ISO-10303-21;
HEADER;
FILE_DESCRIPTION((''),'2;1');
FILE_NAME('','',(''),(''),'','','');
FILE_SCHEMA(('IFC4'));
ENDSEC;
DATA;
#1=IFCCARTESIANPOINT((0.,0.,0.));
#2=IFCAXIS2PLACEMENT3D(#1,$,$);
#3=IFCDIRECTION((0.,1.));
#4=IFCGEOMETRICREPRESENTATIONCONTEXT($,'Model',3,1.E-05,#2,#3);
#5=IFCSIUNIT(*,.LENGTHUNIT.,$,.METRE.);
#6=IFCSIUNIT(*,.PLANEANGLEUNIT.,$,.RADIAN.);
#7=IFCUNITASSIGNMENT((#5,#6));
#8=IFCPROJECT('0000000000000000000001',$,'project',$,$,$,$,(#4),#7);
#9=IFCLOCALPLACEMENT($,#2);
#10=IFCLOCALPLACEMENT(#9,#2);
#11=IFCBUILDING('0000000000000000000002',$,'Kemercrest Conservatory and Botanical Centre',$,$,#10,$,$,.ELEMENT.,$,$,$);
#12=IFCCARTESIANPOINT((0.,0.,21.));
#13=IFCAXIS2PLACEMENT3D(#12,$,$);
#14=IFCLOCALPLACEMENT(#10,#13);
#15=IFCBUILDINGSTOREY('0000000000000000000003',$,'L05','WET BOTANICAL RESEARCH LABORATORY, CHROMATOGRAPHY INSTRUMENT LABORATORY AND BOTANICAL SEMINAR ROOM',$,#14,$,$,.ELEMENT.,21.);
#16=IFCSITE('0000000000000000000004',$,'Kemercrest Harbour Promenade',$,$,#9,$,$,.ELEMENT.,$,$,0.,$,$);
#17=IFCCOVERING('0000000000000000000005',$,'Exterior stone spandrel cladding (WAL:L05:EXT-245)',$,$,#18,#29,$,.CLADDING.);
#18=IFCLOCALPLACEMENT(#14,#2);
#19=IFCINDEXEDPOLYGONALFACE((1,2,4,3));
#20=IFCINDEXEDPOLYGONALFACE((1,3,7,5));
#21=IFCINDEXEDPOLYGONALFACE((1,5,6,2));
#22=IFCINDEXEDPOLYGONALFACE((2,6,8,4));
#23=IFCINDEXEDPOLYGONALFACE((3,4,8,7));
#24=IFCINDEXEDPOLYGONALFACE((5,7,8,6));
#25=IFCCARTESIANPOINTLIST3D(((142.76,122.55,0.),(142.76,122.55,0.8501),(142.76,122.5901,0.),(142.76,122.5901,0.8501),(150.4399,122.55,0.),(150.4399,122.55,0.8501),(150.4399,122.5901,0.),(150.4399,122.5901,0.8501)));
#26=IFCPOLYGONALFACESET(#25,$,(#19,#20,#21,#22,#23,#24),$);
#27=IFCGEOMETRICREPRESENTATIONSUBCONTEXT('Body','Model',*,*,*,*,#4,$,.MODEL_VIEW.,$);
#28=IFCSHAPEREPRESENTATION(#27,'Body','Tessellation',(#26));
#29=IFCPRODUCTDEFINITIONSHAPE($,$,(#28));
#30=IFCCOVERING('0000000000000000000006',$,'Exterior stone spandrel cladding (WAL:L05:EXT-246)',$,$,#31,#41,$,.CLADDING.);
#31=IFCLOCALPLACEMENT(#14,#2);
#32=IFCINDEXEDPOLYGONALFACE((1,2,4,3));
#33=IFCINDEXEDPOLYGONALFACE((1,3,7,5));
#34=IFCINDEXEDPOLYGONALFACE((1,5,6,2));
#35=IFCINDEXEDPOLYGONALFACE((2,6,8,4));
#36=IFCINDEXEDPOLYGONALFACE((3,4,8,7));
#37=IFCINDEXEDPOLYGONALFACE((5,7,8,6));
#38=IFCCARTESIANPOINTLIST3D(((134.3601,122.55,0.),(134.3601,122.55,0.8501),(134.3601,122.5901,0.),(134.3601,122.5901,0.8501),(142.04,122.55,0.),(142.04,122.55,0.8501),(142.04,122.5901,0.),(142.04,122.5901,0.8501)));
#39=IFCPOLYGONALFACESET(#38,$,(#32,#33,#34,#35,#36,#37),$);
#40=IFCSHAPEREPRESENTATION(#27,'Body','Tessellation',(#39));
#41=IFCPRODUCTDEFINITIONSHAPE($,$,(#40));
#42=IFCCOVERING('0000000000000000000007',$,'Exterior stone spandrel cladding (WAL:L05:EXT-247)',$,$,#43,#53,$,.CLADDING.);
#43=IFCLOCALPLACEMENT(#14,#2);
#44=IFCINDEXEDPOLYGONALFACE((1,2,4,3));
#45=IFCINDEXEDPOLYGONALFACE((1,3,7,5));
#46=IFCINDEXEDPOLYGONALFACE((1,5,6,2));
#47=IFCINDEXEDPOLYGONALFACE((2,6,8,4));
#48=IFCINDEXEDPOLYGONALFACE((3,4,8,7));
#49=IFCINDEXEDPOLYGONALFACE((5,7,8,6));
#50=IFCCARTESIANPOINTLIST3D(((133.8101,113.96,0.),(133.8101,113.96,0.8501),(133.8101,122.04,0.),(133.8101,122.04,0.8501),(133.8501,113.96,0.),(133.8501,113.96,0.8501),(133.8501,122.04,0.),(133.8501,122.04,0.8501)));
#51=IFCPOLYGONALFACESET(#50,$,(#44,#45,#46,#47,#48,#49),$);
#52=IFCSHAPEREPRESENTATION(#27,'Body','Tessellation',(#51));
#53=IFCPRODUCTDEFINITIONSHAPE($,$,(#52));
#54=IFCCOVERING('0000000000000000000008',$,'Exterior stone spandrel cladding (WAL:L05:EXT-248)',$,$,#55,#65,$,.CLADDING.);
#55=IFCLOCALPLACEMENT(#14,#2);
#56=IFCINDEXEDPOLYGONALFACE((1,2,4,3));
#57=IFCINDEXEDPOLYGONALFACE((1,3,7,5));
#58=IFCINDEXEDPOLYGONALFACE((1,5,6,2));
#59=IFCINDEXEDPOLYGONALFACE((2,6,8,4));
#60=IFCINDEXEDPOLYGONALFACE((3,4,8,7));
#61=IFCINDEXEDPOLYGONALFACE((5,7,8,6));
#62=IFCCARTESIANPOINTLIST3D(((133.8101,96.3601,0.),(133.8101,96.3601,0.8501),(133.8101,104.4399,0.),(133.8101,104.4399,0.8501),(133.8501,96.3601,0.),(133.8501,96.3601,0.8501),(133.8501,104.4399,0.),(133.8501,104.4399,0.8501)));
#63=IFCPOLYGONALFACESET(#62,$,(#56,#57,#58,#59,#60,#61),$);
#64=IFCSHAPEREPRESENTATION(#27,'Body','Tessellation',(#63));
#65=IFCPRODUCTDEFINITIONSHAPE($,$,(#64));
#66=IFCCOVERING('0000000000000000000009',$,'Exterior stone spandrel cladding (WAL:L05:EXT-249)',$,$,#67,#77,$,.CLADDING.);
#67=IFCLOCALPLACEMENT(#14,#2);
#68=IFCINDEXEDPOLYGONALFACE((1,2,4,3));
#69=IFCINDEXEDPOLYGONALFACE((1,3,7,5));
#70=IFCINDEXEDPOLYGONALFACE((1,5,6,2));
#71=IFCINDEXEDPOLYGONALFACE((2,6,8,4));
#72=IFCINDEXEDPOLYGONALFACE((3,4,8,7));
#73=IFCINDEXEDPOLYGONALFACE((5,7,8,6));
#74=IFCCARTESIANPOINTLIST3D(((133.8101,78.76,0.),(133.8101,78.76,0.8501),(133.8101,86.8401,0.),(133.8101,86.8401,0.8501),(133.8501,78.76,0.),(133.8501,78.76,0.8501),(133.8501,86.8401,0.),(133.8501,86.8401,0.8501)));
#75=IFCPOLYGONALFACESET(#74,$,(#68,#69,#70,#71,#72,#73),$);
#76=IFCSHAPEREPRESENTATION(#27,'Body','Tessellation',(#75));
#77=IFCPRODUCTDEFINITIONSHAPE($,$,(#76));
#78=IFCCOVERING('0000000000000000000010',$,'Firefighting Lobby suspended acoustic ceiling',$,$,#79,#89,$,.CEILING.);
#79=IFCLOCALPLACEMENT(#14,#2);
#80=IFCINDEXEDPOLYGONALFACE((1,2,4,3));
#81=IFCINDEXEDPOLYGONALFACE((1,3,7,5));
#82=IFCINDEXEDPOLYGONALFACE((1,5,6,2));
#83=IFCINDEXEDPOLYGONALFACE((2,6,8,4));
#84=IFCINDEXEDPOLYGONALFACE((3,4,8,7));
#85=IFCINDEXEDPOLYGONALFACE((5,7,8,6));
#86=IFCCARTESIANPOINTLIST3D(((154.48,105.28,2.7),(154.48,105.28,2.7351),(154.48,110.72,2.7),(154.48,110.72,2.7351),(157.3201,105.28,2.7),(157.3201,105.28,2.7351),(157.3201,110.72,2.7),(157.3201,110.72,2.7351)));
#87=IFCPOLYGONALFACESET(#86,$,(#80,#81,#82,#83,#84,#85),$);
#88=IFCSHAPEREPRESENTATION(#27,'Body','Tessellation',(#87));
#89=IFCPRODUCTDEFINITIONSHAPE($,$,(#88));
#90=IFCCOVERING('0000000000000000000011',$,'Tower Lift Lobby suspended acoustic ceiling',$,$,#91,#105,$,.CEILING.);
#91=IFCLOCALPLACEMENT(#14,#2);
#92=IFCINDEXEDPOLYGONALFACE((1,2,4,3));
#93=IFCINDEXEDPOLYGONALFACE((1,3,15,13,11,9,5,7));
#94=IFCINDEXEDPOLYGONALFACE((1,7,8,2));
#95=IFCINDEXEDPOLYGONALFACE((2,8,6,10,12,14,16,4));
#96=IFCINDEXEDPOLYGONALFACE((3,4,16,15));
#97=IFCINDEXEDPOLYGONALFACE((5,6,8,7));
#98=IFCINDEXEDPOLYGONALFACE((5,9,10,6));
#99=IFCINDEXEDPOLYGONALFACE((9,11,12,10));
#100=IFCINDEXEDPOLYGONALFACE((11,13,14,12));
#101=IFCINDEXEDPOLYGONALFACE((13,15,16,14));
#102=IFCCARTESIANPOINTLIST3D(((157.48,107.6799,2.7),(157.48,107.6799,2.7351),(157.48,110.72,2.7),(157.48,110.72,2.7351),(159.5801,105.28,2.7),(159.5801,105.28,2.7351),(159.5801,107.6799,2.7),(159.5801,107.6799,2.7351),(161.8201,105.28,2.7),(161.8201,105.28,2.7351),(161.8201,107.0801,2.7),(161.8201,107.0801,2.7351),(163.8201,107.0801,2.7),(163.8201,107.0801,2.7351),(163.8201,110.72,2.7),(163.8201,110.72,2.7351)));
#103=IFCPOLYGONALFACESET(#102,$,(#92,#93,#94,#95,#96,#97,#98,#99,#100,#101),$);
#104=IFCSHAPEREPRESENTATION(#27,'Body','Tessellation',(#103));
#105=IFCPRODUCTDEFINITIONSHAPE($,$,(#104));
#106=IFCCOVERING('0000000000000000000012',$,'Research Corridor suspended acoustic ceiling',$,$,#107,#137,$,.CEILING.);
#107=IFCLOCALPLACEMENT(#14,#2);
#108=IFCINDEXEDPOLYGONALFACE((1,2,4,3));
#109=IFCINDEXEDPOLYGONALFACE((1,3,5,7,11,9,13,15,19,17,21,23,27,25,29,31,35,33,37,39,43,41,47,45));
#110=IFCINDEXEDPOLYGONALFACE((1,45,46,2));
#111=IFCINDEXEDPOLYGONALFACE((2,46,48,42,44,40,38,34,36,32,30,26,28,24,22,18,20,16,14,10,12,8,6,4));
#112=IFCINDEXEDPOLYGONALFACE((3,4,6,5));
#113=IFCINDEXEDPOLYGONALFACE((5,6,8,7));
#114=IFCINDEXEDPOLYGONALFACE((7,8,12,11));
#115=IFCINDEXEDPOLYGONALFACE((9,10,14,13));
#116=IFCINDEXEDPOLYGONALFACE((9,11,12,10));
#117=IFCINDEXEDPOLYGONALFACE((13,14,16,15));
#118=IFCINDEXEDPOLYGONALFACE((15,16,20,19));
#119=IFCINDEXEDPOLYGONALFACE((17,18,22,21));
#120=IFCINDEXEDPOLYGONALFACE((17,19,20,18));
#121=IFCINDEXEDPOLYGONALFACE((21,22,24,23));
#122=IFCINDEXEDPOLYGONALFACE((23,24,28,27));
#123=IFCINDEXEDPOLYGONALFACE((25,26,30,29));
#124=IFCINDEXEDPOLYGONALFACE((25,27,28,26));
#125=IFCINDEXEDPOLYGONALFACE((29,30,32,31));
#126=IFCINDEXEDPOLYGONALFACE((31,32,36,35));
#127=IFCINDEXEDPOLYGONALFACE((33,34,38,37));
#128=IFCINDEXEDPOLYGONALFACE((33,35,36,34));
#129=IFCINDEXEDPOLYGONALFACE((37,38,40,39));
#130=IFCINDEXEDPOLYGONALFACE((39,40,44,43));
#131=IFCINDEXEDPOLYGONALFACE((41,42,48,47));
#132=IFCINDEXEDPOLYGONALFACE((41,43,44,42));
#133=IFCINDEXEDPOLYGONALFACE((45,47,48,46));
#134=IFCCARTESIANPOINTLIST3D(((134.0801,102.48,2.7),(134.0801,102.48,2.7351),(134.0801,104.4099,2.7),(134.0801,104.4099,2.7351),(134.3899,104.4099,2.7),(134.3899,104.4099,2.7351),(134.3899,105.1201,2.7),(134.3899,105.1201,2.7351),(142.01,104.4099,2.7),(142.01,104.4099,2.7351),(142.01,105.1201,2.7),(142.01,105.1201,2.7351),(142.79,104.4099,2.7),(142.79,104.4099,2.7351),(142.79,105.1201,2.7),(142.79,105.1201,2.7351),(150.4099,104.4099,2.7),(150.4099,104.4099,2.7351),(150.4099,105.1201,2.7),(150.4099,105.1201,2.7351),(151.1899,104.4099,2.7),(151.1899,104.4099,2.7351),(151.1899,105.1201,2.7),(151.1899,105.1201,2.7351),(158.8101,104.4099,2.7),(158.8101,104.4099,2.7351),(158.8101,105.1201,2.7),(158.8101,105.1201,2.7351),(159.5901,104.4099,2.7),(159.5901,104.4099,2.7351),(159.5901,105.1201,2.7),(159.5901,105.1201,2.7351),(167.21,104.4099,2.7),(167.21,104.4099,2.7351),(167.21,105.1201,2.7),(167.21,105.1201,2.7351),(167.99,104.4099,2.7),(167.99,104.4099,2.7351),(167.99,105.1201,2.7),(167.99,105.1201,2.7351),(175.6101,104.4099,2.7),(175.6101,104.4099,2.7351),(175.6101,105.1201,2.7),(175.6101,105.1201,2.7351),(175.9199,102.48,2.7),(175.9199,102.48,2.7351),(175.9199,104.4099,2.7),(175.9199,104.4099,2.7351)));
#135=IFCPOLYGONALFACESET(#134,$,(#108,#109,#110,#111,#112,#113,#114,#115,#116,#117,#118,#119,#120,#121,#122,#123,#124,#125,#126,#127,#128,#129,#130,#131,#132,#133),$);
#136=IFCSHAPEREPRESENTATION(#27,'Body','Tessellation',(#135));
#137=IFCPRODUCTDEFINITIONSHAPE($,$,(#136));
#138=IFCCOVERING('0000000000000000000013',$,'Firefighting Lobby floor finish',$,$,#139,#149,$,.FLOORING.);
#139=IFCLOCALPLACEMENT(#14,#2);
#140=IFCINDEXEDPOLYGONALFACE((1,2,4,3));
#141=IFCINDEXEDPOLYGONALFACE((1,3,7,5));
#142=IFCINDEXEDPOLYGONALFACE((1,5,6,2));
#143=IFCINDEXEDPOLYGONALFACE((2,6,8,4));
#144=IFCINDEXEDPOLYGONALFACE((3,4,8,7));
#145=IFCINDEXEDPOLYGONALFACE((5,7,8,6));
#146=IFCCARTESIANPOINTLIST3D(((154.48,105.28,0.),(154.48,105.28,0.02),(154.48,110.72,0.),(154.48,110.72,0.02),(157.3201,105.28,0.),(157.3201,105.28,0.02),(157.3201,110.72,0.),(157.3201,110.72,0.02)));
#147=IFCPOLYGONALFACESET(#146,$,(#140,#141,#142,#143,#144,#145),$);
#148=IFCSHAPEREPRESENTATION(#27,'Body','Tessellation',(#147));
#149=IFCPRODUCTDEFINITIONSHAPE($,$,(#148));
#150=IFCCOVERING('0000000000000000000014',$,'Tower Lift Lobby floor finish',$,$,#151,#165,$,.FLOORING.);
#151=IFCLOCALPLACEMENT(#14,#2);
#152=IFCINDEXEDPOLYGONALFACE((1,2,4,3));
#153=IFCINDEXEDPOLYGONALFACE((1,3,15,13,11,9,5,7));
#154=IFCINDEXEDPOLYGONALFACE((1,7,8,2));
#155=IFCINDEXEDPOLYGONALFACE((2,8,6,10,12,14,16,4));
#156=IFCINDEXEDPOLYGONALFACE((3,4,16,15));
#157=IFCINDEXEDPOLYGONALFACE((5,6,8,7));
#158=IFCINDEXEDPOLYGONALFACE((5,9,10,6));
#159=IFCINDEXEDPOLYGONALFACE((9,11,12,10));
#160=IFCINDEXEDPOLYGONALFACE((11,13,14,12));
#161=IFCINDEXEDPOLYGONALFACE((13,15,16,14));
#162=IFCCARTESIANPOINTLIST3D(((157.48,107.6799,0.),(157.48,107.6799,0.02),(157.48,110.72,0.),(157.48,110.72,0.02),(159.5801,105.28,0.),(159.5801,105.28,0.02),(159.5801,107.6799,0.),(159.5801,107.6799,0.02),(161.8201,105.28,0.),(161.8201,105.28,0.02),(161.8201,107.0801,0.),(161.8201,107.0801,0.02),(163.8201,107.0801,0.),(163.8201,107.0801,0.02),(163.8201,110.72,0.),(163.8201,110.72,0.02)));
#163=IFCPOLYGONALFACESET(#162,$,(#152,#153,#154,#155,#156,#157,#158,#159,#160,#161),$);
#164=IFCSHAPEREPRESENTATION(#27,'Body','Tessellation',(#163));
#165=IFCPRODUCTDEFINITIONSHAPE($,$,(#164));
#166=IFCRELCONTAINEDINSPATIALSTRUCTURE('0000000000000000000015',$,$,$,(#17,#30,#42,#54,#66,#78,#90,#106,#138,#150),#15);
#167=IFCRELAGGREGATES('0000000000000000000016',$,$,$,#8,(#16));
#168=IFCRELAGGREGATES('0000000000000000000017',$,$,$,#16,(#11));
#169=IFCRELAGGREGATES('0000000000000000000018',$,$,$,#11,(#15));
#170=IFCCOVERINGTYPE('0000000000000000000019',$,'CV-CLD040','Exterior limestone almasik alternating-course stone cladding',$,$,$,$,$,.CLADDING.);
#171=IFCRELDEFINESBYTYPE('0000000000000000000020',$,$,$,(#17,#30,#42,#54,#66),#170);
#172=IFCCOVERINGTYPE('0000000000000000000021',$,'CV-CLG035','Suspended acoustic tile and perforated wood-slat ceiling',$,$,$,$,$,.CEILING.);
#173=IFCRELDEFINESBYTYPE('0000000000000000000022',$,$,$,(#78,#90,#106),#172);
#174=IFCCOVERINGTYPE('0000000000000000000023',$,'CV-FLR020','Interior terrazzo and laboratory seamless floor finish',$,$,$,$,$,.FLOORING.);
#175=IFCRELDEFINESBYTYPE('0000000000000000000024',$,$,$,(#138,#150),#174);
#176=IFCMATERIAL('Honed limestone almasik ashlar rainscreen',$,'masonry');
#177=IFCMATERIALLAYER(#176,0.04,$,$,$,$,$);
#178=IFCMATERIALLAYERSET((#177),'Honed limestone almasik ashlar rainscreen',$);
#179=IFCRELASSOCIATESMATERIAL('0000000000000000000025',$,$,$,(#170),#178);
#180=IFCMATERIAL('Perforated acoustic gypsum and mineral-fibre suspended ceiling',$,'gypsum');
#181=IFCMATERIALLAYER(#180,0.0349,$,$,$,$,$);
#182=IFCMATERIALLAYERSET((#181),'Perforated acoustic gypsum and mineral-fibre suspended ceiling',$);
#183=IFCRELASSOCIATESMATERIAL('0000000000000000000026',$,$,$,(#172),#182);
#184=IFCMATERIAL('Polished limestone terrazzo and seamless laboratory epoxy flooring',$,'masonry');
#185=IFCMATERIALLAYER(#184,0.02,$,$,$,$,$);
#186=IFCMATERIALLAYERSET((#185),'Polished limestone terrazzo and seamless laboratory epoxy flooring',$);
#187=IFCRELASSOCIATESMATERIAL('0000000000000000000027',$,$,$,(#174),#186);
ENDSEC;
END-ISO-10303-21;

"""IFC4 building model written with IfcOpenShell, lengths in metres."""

from ifc_helpers import new_model, si_unit, direction, frame, origin, place, context, subcontext, project, spatial, polyline, outline, extrude, material, layer, layer_set, type_object, element, save


model = new_model("IFC4")

# Units and contexts
model_context = context("Model", 3, precision=1e-05, world=origin(), true_north=direction((0.0, 1.0)))
body_context = subcontext(model_context, "Body", "Model", "MODEL_VIEW")
ifc_project = project(units=[si_unit("LENGTHUNIT", "METRE"), si_unit("PLANEANGLEUNIT", "RADIAN")], contexts=[model_context])

# Site, building, storey
site_placement = place(None, origin())
site = spatial("IfcSite", under=ifc_project, at=site_placement, Name="Kemercrest Harbour Promenade", CompositionType="ELEMENT", RefElevation=0.0)
building_placement = place(site_placement, origin())
building = spatial("IfcBuilding", under=site, at=building_placement, Name="Kemercrest Conservatory and Botanical Centre", CompositionType="ELEMENT")
storey_placement = place(building_placement, frame((0.0, 0.0, 21.0)))
storey = spatial("IfcBuildingStorey", under=building, at=storey_placement, Name="L05", Description="WET BOTANICAL RESEARCH LABORATORY, CHROMATOGRAPHY INSTRUMENT LABORATORY AND BOTANICAL SEMINAR ROOM", CompositionType="ELEMENT", Elevation=21.0)

# Coverings
ifc_material_1 = material(Name="Honed limestone almasik ashlar rainscreen", Category="masonry")
ifc_layer_1 = layer(ifc_material_1, 0.04)
ifc_layer_set_1 = layer_set([ifc_layer_1], Name="Honed limestone almasik ashlar rainscreen")
covering_type_1 = type_object("IfcCoveringType", Name="CV-CLD040", Description="Exterior limestone almasik alternating-course stone cladding", PredefinedType="CLADDING", material=ifc_layer_set_1)
covering_1_placement = place(storey_placement, origin())
element("IfcCovering", 1, at=covering_1_placement, inside=storey, type_object=covering_type_1, Name="Exterior stone spandrel cladding (WAL:L05:EXT-245)", PredefinedType="CLADDING", context=body_context, shape_type="SweptSolid", body=[
    extrude(outline(polyline([(150.4399, 122.55), (150.4399, 122.5901), (142.76, 122.5901), (142.76, 122.55), (150.4399, 122.55)])), origin(), (0.0, 0.0, 1.0), 0.8501),
])
covering_2_placement = place(storey_placement, origin())
element("IfcCovering", 2, at=covering_2_placement, inside=storey, type_object=covering_type_1, Name="Exterior stone spandrel cladding (WAL:L05:EXT-246)", PredefinedType="CLADDING", context=body_context, shape_type="SweptSolid", body=[
    extrude(outline(polyline([(142.04, 122.55), (142.04, 122.5901), (134.3601, 122.5901), (134.3601, 122.55), (142.04, 122.55)])), origin(), (0.0, 0.0, 1.0), 0.8501),
])
covering_3_placement = place(storey_placement, origin())
element("IfcCovering", 3, at=covering_3_placement, inside=storey, type_object=covering_type_1, Name="Exterior stone spandrel cladding (WAL:L05:EXT-247)", PredefinedType="CLADDING", context=body_context, shape_type="SweptSolid", body=[
    extrude(outline(polyline([(133.8501, 122.04), (133.8101, 122.04), (133.8101, 113.96), (133.8501, 113.96), (133.8501, 122.04)])), origin(), (0.0, 0.0, 1.0), 0.8501),
])
covering_4_placement = place(storey_placement, origin())
element("IfcCovering", 4, at=covering_4_placement, inside=storey, type_object=covering_type_1, Name="Exterior stone spandrel cladding (WAL:L05:EXT-248)", PredefinedType="CLADDING", context=body_context, shape_type="SweptSolid", body=[
    extrude(outline(polyline([(133.8501, 104.4399), (133.8101, 104.4399), (133.8101, 96.3601), (133.8501, 96.3601), (133.8501, 104.4399)])), origin(), (0.0, 0.0, 1.0), 0.8501),
])
covering_5_placement = place(storey_placement, origin())
element("IfcCovering", 5, at=covering_5_placement, inside=storey, type_object=covering_type_1, Name="Exterior stone spandrel cladding (WAL:L05:EXT-249)", PredefinedType="CLADDING", context=body_context, shape_type="SweptSolid", body=[
    extrude(outline(polyline([(133.8501, 86.8401), (133.8101, 86.8401), (133.8101, 78.76), (133.8501, 78.76), (133.8501, 86.8401)])), origin(), (0.0, 0.0, 1.0), 0.8501),
])
ifc_material_2 = material(Name="Perforated acoustic gypsum and mineral-fibre suspended ceiling", Category="gypsum")
ifc_layer_2 = layer(ifc_material_2, 0.0349)
ifc_layer_set_2 = layer_set([ifc_layer_2], Name="Perforated acoustic gypsum and mineral-fibre suspended ceiling")
covering_type_2 = type_object("IfcCoveringType", Name="CV-CLG035", Description="Suspended acoustic tile and perforated wood-slat ceiling", PredefinedType="CEILING", material=ifc_layer_set_2)
covering_6_placement = place(storey_placement, frame((0.0, 0.0, 2.7)))
element("IfcCovering", 6, at=covering_6_placement, inside=storey, type_object=covering_type_2, Name="Firefighting Lobby suspended acoustic ceiling", PredefinedType="CEILING", context=body_context, shape_type="SweptSolid", body=[
    extrude(outline(polyline([(154.48, 105.28), (157.3201, 105.28), (157.3201, 110.72), (154.48, 110.72), (154.48, 105.28)])), origin(), (0.0, 0.0, 1.0), 0.0352),
])
covering_7_placement = place(storey_placement, frame((0.0, 0.0, 2.7)))
element("IfcCovering", 7, at=covering_7_placement, inside=storey, type_object=covering_type_2, Name="Tower Lift Lobby suspended acoustic ceiling", PredefinedType="CEILING", context=body_context, shape_type="SweptSolid", body=[
    extrude(outline(polyline([(159.5801, 107.6799), (159.5801, 105.28), (161.8201, 105.28), (161.8201, 107.0801), (163.8201, 107.0801), (163.8201, 110.72), (157.48, 110.72), (157.48, 107.6799), (159.5801, 107.6799)])), origin(), (0.0, 0.0, 1.0), 0.0352),
])
covering_8_placement = place(storey_placement, frame((0.0, 0.0, 2.7)))
element("IfcCovering", 8, at=covering_8_placement, inside=storey, type_object=covering_type_2, Name="Research Corridor suspended acoustic ceiling", PredefinedType="CEILING", context=body_context, shape_type="SweptSolid", body=[
    extrude(outline(polyline([(134.0801, 102.48), (175.9199, 102.48), (175.9199, 104.4099), (175.6101, 104.4099), (175.6101, 105.1201), (167.99, 105.1201), (167.99, 104.4099), (167.21, 104.4099), (167.21, 105.1201), (159.5901, 105.1201), (159.5901, 104.4099), (158.8101, 104.4099), (158.8101, 105.1201), (151.1899, 105.1201), (151.1899, 104.4099), (150.4099, 104.4099), (150.4099, 105.1201), (142.79, 105.1201), (142.79, 104.4099), (142.01, 104.4099), (142.01, 105.1201), (134.3899, 105.1201), (134.3899, 104.4099), (134.0801, 104.4099), (134.0801, 102.48)])), origin(), (0.0, 0.0, 1.0), 0.0352),
])
ifc_material_3 = material(Name="Polished limestone terrazzo and seamless laboratory epoxy flooring", Category="masonry")
ifc_layer_3 = layer(ifc_material_3, 0.02)
ifc_layer_set_3 = layer_set([ifc_layer_3], Name="Polished limestone terrazzo and seamless laboratory epoxy flooring")
covering_type_3 = type_object("IfcCoveringType", Name="CV-FLR020", Description="Interior terrazzo and laboratory seamless floor finish", PredefinedType="FLOORING", material=ifc_layer_set_3)
covering_9_placement = place(storey_placement, origin())
element("IfcCovering", 9, at=covering_9_placement, inside=storey, type_object=covering_type_3, Name="Firefighting Lobby floor finish", PredefinedType="FLOORING", context=body_context, shape_type="SweptSolid", body=[
    extrude(outline(polyline([(154.48, 105.28), (157.3201, 105.28), (157.3201, 110.72), (154.48, 110.72), (154.48, 105.28)])), origin(), (0.0, 0.0, 1.0), 0.02),
])
covering_10_placement = place(storey_placement, origin())
element("IfcCovering", 10, at=covering_10_placement, inside=storey, type_object=covering_type_3, Name="Tower Lift Lobby floor finish", PredefinedType="FLOORING", context=body_context, shape_type="SweptSolid", body=[
    extrude(outline(polyline([(159.5801, 107.6799), (159.5801, 105.28), (161.8201, 105.28), (161.8201, 107.0801), (163.8201, 107.0801), (163.8201, 110.72), (157.48, 110.72), (157.48, 107.6799), (159.5801, 107.6799)])), origin(), (0.0, 0.0, 1.0), 0.02),
])

save(model, "model.ifc")
